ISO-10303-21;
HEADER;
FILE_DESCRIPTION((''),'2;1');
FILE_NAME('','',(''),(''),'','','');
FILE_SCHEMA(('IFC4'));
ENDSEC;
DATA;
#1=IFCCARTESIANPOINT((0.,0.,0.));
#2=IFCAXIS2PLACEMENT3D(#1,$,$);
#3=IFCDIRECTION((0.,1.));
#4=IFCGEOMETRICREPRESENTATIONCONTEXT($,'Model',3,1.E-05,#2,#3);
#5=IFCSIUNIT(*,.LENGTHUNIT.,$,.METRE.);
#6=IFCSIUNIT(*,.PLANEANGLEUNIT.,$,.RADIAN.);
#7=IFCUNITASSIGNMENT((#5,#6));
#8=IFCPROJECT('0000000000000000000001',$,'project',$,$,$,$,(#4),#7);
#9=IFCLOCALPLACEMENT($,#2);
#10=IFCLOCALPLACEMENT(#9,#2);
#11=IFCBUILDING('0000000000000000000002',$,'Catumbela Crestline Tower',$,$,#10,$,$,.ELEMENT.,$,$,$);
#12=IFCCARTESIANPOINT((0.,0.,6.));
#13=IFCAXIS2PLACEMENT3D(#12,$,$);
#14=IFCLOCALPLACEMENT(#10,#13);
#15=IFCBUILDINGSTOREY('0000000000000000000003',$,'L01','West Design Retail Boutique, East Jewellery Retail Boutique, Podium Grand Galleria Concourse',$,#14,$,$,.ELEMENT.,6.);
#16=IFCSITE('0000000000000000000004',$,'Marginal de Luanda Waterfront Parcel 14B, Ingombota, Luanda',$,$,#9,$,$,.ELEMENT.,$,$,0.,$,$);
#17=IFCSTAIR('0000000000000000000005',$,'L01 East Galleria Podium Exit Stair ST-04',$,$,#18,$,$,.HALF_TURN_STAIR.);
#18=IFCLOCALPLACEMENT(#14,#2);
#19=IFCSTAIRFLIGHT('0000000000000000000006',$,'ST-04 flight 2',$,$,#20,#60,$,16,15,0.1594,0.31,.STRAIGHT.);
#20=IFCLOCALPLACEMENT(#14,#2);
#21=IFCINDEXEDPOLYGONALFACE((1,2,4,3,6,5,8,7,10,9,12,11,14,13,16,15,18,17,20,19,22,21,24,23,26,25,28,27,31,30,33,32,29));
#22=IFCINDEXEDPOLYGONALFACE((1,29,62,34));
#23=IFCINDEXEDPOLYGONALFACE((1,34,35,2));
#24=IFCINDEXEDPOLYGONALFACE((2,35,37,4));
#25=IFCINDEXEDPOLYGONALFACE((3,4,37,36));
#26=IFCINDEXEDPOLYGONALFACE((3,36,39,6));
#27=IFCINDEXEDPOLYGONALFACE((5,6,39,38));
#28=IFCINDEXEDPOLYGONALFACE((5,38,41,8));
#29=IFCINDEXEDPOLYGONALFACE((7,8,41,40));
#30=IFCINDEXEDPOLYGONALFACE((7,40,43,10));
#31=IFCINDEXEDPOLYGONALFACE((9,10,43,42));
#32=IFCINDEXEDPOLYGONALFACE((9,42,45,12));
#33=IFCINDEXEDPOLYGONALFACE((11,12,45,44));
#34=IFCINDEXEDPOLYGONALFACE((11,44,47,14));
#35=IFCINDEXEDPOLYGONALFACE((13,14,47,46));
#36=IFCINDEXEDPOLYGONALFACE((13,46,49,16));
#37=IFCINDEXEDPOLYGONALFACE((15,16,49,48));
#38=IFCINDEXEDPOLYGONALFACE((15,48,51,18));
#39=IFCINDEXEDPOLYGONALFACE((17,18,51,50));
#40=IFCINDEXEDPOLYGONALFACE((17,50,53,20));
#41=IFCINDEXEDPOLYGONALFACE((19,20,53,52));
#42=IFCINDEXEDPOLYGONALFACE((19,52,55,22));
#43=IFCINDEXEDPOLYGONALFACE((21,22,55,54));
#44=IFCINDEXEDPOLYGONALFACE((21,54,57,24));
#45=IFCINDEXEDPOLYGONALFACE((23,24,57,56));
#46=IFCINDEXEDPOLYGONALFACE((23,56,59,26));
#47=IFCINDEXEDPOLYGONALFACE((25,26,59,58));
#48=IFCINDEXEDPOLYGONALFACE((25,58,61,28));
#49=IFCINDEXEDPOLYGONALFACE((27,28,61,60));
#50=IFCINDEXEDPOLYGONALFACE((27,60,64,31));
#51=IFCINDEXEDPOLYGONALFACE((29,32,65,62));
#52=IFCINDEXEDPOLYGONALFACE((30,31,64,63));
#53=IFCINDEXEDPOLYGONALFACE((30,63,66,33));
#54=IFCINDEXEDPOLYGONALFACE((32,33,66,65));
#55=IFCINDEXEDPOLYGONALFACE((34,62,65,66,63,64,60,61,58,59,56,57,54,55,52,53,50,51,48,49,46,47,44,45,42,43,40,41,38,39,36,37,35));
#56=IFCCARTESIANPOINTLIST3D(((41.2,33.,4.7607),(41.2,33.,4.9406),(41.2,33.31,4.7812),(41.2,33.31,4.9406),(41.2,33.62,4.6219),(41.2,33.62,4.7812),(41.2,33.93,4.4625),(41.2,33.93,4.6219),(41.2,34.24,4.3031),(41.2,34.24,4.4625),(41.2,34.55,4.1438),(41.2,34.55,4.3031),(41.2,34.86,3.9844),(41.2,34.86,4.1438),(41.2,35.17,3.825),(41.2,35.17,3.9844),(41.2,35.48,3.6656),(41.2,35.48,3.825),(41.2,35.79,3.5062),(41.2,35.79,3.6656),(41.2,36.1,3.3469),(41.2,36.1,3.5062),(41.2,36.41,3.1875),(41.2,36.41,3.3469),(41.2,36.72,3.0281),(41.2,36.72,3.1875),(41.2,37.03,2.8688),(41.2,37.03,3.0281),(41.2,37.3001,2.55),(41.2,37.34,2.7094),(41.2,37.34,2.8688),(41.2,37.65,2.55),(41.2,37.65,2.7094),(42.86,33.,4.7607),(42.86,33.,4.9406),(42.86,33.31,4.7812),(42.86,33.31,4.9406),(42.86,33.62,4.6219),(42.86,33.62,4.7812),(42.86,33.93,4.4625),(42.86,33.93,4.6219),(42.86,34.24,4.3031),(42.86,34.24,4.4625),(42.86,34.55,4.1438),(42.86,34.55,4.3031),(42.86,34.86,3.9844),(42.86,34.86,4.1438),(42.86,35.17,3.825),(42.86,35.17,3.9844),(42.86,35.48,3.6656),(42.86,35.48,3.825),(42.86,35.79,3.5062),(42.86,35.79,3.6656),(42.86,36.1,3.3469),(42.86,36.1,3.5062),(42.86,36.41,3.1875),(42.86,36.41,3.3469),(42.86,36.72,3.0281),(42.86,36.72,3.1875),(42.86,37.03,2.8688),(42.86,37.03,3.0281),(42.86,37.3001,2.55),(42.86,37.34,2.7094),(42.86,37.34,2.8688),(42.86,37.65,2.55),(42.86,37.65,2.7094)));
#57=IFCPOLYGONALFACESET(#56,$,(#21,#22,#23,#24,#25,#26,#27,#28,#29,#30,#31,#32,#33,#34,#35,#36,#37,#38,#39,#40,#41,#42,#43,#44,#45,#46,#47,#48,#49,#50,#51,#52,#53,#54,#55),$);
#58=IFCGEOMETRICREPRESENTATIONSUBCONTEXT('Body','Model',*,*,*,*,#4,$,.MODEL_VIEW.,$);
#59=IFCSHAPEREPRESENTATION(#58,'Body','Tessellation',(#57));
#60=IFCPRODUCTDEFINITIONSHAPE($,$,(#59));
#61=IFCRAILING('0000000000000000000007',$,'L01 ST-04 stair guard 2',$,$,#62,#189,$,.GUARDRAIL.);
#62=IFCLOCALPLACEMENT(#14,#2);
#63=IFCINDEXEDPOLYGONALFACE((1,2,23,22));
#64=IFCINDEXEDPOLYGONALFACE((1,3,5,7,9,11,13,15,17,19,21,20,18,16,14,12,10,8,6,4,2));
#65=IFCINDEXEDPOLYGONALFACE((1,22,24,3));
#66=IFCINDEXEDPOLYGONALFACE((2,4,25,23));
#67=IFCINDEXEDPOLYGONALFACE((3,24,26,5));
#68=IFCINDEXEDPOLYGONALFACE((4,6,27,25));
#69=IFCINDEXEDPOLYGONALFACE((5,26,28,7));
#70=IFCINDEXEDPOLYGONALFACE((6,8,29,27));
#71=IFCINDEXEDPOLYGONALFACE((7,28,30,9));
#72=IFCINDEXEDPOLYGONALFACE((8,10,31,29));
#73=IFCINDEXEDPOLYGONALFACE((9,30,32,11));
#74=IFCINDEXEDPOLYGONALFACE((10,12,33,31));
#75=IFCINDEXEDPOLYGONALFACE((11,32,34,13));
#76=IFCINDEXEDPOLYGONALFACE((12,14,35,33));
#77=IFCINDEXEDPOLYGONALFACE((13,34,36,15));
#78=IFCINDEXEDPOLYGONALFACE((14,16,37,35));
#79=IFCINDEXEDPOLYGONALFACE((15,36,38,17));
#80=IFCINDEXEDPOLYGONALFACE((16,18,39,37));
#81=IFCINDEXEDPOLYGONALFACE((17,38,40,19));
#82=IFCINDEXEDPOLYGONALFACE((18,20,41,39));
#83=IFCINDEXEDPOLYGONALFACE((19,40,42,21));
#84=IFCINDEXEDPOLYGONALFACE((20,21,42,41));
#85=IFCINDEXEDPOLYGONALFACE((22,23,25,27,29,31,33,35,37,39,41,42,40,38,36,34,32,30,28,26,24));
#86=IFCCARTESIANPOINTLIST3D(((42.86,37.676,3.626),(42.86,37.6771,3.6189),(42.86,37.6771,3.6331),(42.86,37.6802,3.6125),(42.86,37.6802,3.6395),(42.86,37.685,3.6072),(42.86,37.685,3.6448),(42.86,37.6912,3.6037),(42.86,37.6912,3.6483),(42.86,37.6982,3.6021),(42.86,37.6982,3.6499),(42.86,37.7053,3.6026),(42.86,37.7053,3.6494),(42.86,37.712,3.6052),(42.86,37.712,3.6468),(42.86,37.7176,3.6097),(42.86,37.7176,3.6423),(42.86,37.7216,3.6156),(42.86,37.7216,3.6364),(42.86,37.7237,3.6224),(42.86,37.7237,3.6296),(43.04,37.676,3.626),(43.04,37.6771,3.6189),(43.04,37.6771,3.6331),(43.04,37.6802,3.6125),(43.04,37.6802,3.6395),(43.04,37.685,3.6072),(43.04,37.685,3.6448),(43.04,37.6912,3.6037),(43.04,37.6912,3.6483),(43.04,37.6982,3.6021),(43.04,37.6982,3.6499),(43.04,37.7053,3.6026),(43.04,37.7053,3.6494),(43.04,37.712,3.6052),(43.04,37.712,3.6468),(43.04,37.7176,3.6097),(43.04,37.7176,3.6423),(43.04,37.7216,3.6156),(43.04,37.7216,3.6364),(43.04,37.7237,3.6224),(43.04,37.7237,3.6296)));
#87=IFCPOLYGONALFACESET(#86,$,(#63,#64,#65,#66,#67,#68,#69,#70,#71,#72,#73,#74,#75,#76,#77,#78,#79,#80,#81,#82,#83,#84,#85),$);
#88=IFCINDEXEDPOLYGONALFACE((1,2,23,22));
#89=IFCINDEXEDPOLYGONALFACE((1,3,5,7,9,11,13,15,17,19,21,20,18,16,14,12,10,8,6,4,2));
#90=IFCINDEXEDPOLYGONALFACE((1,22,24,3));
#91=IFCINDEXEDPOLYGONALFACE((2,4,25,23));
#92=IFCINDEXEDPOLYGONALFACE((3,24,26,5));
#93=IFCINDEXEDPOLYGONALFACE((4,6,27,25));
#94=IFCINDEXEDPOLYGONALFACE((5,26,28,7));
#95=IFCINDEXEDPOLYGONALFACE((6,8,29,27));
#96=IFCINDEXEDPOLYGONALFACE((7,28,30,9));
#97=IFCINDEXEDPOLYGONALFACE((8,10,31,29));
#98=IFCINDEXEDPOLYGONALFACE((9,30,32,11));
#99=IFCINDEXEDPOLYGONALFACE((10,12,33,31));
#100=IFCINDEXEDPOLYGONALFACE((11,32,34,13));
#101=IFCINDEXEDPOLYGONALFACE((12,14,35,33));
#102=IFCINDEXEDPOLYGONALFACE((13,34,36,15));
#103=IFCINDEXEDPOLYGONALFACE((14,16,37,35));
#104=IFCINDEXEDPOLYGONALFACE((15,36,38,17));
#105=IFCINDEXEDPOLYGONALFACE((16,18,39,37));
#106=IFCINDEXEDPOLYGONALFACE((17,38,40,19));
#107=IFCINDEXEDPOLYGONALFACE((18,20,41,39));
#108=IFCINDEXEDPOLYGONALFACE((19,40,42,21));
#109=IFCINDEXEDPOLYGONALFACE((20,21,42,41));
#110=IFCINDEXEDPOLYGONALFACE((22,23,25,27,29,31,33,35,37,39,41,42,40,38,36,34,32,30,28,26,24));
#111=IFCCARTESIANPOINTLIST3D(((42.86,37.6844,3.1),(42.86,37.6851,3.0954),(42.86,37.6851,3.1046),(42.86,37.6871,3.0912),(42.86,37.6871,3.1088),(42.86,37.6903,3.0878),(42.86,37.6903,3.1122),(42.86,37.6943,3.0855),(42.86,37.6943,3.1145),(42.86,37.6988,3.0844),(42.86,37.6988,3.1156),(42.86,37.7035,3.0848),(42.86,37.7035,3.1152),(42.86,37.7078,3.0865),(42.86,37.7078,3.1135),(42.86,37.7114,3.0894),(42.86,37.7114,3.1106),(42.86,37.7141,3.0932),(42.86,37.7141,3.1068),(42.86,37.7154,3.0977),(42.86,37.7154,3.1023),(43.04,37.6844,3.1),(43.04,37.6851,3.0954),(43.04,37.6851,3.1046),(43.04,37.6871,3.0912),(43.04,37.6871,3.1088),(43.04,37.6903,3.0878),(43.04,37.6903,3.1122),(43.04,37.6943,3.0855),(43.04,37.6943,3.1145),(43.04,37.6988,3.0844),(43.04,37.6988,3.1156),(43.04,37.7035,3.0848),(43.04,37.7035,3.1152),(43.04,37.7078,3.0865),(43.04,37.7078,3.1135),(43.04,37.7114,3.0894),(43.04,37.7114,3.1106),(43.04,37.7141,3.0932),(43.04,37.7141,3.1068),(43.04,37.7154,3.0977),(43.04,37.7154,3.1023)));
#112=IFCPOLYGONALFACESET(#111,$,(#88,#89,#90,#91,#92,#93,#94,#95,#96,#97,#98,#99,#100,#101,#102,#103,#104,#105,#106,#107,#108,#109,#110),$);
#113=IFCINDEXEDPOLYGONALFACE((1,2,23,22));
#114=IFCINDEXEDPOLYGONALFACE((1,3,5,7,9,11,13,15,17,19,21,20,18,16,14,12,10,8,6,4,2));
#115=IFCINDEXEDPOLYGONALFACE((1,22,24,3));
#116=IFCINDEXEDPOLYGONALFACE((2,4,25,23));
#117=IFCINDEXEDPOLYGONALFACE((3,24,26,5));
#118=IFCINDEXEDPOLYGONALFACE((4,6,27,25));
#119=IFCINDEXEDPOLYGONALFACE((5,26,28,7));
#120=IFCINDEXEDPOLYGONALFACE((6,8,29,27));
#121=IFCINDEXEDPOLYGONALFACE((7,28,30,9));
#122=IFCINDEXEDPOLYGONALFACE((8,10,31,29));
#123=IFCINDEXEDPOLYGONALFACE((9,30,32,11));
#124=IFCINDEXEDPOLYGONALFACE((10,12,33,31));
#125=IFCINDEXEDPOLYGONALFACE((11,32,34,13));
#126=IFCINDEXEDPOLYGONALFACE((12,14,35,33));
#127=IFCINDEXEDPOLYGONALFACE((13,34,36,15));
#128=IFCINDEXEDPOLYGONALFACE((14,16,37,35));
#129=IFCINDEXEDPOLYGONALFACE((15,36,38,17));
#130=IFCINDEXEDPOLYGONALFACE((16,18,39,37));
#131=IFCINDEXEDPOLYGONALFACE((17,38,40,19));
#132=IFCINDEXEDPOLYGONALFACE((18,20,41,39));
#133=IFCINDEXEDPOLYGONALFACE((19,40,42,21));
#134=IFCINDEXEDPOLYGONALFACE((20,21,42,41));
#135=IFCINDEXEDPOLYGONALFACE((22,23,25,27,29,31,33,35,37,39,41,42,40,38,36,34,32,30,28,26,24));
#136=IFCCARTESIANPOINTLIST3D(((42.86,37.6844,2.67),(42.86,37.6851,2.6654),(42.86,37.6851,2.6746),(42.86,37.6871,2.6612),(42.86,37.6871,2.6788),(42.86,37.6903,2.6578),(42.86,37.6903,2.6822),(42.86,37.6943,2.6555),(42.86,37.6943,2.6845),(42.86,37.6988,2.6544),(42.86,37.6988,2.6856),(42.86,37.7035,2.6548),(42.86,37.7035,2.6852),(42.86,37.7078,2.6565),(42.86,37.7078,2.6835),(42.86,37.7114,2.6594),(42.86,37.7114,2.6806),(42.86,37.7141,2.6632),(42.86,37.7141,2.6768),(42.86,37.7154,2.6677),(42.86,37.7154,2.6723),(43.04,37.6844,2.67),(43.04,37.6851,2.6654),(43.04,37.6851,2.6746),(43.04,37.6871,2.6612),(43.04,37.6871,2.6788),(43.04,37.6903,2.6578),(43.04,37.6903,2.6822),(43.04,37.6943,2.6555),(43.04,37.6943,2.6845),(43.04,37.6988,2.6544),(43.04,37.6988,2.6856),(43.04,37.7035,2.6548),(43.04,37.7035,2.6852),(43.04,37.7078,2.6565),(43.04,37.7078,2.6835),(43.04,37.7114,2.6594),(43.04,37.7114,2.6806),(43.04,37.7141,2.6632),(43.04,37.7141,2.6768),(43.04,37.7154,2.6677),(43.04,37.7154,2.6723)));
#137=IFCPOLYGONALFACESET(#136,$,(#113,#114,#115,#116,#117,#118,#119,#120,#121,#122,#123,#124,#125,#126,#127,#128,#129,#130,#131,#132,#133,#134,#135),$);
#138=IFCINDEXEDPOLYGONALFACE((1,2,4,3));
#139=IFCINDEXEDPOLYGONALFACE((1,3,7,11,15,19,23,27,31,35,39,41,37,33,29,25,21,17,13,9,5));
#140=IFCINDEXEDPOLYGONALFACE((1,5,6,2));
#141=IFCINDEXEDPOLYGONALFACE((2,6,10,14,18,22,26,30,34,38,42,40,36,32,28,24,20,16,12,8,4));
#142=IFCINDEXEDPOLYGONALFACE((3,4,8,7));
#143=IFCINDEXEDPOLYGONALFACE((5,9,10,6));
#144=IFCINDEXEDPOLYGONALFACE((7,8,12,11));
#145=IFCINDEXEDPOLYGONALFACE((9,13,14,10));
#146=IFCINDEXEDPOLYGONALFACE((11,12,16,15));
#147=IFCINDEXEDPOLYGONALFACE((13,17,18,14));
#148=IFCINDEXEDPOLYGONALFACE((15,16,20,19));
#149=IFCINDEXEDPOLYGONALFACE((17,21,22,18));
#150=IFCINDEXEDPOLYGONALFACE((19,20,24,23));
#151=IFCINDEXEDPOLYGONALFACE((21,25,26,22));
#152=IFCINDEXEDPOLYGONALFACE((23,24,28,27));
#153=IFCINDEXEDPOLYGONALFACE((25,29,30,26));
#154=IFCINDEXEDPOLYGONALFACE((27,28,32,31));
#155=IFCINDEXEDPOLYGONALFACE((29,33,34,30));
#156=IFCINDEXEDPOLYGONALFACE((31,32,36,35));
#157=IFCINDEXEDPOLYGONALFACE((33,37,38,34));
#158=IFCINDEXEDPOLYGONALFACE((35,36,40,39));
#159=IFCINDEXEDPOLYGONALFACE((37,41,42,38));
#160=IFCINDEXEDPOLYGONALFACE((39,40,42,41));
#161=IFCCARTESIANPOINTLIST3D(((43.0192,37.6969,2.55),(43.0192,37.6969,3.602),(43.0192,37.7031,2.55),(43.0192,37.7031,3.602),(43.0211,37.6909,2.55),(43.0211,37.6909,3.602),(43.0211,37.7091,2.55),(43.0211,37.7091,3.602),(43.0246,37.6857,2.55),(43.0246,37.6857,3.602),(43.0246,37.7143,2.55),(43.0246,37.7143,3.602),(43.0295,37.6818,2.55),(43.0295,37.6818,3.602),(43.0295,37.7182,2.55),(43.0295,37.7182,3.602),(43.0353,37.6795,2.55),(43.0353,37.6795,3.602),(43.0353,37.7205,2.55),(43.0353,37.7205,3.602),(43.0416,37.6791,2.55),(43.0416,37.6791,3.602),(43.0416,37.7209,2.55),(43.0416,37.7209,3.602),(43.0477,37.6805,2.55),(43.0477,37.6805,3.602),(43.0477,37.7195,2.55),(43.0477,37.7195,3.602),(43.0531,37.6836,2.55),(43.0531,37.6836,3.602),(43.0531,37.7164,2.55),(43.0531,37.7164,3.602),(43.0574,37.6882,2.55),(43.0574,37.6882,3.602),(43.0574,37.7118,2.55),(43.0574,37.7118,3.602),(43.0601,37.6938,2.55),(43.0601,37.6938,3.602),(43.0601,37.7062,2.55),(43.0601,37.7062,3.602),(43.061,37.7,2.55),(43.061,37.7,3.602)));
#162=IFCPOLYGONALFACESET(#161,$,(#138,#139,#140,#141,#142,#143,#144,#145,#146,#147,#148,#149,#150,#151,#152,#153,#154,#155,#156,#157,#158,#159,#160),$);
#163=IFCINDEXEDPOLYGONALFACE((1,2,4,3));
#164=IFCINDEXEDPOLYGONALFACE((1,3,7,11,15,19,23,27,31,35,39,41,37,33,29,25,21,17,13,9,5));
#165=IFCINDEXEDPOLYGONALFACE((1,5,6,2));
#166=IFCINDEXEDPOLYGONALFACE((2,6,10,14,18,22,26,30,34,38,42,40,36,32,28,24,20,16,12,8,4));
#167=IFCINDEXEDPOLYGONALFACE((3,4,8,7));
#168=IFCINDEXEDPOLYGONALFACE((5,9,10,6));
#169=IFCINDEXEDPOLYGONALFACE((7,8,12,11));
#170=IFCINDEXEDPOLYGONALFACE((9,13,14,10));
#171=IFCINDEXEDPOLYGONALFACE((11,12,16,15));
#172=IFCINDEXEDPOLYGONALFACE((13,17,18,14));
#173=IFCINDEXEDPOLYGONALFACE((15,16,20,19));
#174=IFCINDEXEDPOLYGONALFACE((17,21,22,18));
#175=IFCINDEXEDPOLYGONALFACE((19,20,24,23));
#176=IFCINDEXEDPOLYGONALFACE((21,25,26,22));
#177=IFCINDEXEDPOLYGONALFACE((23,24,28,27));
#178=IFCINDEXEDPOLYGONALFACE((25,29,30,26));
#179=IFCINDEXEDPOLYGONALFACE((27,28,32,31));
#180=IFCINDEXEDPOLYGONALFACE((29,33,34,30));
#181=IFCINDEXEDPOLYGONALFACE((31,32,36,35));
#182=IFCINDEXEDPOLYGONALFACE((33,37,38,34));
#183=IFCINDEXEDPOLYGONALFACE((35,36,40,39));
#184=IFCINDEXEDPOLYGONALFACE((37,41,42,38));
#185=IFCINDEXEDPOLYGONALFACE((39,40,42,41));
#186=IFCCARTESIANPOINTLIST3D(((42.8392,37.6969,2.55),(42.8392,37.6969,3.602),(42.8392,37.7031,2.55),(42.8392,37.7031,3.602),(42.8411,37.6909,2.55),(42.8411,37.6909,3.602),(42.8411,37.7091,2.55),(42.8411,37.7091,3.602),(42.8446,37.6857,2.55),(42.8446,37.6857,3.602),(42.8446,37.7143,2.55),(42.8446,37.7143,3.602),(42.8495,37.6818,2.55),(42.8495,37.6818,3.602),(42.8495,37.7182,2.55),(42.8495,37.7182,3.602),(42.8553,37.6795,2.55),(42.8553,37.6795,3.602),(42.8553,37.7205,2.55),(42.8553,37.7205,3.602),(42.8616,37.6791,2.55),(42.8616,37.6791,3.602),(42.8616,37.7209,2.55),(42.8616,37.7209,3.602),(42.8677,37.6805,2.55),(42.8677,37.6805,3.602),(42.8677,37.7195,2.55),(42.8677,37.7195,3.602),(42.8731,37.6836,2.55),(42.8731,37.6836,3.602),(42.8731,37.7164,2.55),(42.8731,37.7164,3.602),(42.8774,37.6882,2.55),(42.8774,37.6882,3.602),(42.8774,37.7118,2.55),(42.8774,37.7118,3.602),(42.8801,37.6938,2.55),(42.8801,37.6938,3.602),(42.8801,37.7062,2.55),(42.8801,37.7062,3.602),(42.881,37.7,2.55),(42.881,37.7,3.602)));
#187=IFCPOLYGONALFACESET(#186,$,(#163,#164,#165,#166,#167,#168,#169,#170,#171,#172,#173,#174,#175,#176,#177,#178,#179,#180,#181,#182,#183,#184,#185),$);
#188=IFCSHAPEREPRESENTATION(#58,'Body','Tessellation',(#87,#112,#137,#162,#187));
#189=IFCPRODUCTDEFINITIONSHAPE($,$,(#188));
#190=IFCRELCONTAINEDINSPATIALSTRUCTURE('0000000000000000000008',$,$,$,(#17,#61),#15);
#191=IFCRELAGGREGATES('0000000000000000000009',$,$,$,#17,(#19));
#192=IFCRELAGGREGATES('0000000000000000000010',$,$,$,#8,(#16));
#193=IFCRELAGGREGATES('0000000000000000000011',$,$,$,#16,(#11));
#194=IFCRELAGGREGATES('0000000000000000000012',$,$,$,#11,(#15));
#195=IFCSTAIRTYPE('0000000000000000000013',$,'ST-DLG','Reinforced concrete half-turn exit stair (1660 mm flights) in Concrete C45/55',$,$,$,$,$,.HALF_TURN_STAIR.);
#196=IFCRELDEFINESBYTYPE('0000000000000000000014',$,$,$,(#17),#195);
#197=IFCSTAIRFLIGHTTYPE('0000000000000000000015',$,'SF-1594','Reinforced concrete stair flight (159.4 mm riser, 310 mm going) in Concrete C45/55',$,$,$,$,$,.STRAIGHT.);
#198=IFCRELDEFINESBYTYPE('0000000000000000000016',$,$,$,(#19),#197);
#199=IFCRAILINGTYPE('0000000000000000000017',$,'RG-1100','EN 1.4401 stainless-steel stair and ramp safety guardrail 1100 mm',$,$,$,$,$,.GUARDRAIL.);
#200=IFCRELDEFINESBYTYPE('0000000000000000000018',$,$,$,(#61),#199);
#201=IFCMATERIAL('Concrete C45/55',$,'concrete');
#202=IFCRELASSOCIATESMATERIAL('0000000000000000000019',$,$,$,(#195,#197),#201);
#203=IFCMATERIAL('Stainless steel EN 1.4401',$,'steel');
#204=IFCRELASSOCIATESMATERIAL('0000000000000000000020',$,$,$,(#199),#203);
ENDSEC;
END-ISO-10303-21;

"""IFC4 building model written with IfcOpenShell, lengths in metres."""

from ifc_helpers import new_model, si_unit, direction, frame, origin, origin_2d, place, context, subcontext, project, spatial, polyline, circle, outline, extrude, material, type_object, element, aggregate, save


model = new_model("IFC4")

# Units and contexts
model_context = context("Model", 3, precision=1e-05, world=origin(), true_north=direction((0.0, 1.0)))
body_context = subcontext(model_context, "Body", "Model", "MODEL_VIEW")
ifc_project = project(units=[si_unit("LENGTHUNIT", "METRE"), si_unit("PLANEANGLEUNIT", "RADIAN")], contexts=[model_context])

# Site, building, storey
site_placement = place(None, origin())
site = spatial("IfcSite", under=ifc_project, at=site_placement, Name="Marginal de Luanda Waterfront Parcel 14B, Ingombota, Luanda", CompositionType="ELEMENT", RefElevation=0.0)
building_placement = place(site_placement, origin())
building = spatial("IfcBuilding", under=site, at=building_placement, Name="Catumbela Crestline Tower", CompositionType="ELEMENT")
storey_placement = place(building_placement, frame((0.0, 0.0, 6.0)))
storey = spatial("IfcBuildingStorey", under=building, at=storey_placement, Name="L01", Description="West Design Retail Boutique, East Jewellery Retail Boutique, Podium Grand Galleria Concourse", CompositionType="ELEMENT", Elevation=6.0)

# Stair, stair flight
ifc_material_1 = material(Name="Concrete C45/55", Category="concrete")
stair_type = type_object("IfcStairType", Name="ST-DLG", Description="Reinforced concrete half-turn exit stair (1660 mm flights) in Concrete C45/55", PredefinedType="HALF_TURN_STAIR", material=ifc_material_1)
stair_placement = place(storey_placement, origin())
stair = element("IfcStair", 1, at=stair_placement, inside=storey, type_object=stair_type, Name="L01 East Galleria Podium Exit Stair ST-04", PredefinedType="HALF_TURN_STAIR")
stair_flight_type = type_object("IfcStairFlightType", Name="SF-1594", Description="Reinforced concrete stair flight (159.4 mm riser, 310 mm going) in Concrete C45/55", PredefinedType="STRAIGHT", material=ifc_material_1)
stair_flight_1_placement = place(storey_placement, frame((42.03, 37.65, 2.55), z_axis=(0.0, 0.0, 1.0), x_axis=(0.0, -1.0, 0.0)))
stair_flight_1 = element("IfcStairFlight", 2, at=stair_flight_1_placement, type_object=stair_flight_type, Name="ST-04 flight 2", NumberOfRisers=16, NumberOfTreads=15, PredefinedType="STRAIGHT", RiserHeight=0.1594, TreadLength=0.31, context=body_context, shape_type="SweptSolid", body=[
    extrude(outline(polyline([(0.0, 0.0), (0.0, 0.1594), (0.31, 0.1594), (0.31, 0.3188), (0.62, 0.3188), (0.62, 0.4781), (0.93, 0.4781), (0.93, 0.6375), (1.24, 0.6375), (1.24, 0.7969), (1.55, 0.7969), (1.55, 0.9562), (1.86, 0.9562), (1.86, 1.1156), (2.17, 1.1156), (2.17, 1.275), (2.48, 1.275), (2.48, 1.4344), (2.79, 1.4344), (2.79, 1.5938), (3.1, 1.5938), (3.1, 1.7531), (3.41, 1.7531), (3.41, 1.9125), (3.72, 1.9125), (3.72, 2.0719), (4.03, 2.0719), (4.03, 2.2312), (4.34, 2.2312), (4.34, 2.3906), (4.65, 2.3906), (4.65, 2.55), (4.65, 2.2107), (0.3499, 0.0), (0.0, 0.0)])), frame((0.0, 0.83, 0.0), z_axis=(0.0, -1.0, 0.0), x_axis=(1.0, 0.0, 0.0)), (0.0, 0.0, 1.0), 1.66),
])
aggregate(stair, [stair_flight_1])

# Railing
ifc_material_2 = material(Name="Stainless steel EN 1.4401", Category="steel")
railing_type_1 = type_object("IfcRailingType", Name="RG-1100", Description="EN 1.4401 stainless-steel stair and ramp safety guardrail 1100 mm", PredefinedType="GUARDRAIL", material=ifc_material_2)
railing_1_placement = place(storey_placement, frame((43.04, 37.7, 2.55)))
element("IfcRailing", 3, at=railing_1_placement, inside=storey, type_object=railing_type_1, Name="L01 ST-04 stair guard 2", PredefinedType="GUARDRAIL", context=body_context, shape_type="SweptSolid", body=[
    extrude(circle(Radius=0.024, at=origin_2d()), frame((0.0, 0.0, 1.076), z_axis=(-1.0, 0.0, 0.0), x_axis=(0.0, -1.0, 0.0)), (0.0, 0.0, 1.0), 0.18),
    extrude(circle(Radius=0.0156, at=origin_2d()), frame((0.0, 0.0, 0.55), z_axis=(-1.0, 0.0, 0.0), x_axis=(0.0, -1.0, 0.0)), (0.0, 0.0, 1.0), 0.18),
    extrude(circle(Radius=0.0156, at=origin_2d()), frame((0.0, 0.0, 0.12), z_axis=(-1.0, 0.0, 0.0), x_axis=(0.0, -1.0, 0.0)), (0.0, 0.0, 1.0), 0.18),
    extrude(circle(Radius=0.021, at=origin_2d()), origin(), (0.0, 0.0, 1.0), 1.052),
    extrude(circle(Radius=0.021, at=origin_2d()), frame((-0.18, 0.0, 0.0)), (0.0, 0.0, 1.0), 1.052),
])

save(model, "model.ifc")
